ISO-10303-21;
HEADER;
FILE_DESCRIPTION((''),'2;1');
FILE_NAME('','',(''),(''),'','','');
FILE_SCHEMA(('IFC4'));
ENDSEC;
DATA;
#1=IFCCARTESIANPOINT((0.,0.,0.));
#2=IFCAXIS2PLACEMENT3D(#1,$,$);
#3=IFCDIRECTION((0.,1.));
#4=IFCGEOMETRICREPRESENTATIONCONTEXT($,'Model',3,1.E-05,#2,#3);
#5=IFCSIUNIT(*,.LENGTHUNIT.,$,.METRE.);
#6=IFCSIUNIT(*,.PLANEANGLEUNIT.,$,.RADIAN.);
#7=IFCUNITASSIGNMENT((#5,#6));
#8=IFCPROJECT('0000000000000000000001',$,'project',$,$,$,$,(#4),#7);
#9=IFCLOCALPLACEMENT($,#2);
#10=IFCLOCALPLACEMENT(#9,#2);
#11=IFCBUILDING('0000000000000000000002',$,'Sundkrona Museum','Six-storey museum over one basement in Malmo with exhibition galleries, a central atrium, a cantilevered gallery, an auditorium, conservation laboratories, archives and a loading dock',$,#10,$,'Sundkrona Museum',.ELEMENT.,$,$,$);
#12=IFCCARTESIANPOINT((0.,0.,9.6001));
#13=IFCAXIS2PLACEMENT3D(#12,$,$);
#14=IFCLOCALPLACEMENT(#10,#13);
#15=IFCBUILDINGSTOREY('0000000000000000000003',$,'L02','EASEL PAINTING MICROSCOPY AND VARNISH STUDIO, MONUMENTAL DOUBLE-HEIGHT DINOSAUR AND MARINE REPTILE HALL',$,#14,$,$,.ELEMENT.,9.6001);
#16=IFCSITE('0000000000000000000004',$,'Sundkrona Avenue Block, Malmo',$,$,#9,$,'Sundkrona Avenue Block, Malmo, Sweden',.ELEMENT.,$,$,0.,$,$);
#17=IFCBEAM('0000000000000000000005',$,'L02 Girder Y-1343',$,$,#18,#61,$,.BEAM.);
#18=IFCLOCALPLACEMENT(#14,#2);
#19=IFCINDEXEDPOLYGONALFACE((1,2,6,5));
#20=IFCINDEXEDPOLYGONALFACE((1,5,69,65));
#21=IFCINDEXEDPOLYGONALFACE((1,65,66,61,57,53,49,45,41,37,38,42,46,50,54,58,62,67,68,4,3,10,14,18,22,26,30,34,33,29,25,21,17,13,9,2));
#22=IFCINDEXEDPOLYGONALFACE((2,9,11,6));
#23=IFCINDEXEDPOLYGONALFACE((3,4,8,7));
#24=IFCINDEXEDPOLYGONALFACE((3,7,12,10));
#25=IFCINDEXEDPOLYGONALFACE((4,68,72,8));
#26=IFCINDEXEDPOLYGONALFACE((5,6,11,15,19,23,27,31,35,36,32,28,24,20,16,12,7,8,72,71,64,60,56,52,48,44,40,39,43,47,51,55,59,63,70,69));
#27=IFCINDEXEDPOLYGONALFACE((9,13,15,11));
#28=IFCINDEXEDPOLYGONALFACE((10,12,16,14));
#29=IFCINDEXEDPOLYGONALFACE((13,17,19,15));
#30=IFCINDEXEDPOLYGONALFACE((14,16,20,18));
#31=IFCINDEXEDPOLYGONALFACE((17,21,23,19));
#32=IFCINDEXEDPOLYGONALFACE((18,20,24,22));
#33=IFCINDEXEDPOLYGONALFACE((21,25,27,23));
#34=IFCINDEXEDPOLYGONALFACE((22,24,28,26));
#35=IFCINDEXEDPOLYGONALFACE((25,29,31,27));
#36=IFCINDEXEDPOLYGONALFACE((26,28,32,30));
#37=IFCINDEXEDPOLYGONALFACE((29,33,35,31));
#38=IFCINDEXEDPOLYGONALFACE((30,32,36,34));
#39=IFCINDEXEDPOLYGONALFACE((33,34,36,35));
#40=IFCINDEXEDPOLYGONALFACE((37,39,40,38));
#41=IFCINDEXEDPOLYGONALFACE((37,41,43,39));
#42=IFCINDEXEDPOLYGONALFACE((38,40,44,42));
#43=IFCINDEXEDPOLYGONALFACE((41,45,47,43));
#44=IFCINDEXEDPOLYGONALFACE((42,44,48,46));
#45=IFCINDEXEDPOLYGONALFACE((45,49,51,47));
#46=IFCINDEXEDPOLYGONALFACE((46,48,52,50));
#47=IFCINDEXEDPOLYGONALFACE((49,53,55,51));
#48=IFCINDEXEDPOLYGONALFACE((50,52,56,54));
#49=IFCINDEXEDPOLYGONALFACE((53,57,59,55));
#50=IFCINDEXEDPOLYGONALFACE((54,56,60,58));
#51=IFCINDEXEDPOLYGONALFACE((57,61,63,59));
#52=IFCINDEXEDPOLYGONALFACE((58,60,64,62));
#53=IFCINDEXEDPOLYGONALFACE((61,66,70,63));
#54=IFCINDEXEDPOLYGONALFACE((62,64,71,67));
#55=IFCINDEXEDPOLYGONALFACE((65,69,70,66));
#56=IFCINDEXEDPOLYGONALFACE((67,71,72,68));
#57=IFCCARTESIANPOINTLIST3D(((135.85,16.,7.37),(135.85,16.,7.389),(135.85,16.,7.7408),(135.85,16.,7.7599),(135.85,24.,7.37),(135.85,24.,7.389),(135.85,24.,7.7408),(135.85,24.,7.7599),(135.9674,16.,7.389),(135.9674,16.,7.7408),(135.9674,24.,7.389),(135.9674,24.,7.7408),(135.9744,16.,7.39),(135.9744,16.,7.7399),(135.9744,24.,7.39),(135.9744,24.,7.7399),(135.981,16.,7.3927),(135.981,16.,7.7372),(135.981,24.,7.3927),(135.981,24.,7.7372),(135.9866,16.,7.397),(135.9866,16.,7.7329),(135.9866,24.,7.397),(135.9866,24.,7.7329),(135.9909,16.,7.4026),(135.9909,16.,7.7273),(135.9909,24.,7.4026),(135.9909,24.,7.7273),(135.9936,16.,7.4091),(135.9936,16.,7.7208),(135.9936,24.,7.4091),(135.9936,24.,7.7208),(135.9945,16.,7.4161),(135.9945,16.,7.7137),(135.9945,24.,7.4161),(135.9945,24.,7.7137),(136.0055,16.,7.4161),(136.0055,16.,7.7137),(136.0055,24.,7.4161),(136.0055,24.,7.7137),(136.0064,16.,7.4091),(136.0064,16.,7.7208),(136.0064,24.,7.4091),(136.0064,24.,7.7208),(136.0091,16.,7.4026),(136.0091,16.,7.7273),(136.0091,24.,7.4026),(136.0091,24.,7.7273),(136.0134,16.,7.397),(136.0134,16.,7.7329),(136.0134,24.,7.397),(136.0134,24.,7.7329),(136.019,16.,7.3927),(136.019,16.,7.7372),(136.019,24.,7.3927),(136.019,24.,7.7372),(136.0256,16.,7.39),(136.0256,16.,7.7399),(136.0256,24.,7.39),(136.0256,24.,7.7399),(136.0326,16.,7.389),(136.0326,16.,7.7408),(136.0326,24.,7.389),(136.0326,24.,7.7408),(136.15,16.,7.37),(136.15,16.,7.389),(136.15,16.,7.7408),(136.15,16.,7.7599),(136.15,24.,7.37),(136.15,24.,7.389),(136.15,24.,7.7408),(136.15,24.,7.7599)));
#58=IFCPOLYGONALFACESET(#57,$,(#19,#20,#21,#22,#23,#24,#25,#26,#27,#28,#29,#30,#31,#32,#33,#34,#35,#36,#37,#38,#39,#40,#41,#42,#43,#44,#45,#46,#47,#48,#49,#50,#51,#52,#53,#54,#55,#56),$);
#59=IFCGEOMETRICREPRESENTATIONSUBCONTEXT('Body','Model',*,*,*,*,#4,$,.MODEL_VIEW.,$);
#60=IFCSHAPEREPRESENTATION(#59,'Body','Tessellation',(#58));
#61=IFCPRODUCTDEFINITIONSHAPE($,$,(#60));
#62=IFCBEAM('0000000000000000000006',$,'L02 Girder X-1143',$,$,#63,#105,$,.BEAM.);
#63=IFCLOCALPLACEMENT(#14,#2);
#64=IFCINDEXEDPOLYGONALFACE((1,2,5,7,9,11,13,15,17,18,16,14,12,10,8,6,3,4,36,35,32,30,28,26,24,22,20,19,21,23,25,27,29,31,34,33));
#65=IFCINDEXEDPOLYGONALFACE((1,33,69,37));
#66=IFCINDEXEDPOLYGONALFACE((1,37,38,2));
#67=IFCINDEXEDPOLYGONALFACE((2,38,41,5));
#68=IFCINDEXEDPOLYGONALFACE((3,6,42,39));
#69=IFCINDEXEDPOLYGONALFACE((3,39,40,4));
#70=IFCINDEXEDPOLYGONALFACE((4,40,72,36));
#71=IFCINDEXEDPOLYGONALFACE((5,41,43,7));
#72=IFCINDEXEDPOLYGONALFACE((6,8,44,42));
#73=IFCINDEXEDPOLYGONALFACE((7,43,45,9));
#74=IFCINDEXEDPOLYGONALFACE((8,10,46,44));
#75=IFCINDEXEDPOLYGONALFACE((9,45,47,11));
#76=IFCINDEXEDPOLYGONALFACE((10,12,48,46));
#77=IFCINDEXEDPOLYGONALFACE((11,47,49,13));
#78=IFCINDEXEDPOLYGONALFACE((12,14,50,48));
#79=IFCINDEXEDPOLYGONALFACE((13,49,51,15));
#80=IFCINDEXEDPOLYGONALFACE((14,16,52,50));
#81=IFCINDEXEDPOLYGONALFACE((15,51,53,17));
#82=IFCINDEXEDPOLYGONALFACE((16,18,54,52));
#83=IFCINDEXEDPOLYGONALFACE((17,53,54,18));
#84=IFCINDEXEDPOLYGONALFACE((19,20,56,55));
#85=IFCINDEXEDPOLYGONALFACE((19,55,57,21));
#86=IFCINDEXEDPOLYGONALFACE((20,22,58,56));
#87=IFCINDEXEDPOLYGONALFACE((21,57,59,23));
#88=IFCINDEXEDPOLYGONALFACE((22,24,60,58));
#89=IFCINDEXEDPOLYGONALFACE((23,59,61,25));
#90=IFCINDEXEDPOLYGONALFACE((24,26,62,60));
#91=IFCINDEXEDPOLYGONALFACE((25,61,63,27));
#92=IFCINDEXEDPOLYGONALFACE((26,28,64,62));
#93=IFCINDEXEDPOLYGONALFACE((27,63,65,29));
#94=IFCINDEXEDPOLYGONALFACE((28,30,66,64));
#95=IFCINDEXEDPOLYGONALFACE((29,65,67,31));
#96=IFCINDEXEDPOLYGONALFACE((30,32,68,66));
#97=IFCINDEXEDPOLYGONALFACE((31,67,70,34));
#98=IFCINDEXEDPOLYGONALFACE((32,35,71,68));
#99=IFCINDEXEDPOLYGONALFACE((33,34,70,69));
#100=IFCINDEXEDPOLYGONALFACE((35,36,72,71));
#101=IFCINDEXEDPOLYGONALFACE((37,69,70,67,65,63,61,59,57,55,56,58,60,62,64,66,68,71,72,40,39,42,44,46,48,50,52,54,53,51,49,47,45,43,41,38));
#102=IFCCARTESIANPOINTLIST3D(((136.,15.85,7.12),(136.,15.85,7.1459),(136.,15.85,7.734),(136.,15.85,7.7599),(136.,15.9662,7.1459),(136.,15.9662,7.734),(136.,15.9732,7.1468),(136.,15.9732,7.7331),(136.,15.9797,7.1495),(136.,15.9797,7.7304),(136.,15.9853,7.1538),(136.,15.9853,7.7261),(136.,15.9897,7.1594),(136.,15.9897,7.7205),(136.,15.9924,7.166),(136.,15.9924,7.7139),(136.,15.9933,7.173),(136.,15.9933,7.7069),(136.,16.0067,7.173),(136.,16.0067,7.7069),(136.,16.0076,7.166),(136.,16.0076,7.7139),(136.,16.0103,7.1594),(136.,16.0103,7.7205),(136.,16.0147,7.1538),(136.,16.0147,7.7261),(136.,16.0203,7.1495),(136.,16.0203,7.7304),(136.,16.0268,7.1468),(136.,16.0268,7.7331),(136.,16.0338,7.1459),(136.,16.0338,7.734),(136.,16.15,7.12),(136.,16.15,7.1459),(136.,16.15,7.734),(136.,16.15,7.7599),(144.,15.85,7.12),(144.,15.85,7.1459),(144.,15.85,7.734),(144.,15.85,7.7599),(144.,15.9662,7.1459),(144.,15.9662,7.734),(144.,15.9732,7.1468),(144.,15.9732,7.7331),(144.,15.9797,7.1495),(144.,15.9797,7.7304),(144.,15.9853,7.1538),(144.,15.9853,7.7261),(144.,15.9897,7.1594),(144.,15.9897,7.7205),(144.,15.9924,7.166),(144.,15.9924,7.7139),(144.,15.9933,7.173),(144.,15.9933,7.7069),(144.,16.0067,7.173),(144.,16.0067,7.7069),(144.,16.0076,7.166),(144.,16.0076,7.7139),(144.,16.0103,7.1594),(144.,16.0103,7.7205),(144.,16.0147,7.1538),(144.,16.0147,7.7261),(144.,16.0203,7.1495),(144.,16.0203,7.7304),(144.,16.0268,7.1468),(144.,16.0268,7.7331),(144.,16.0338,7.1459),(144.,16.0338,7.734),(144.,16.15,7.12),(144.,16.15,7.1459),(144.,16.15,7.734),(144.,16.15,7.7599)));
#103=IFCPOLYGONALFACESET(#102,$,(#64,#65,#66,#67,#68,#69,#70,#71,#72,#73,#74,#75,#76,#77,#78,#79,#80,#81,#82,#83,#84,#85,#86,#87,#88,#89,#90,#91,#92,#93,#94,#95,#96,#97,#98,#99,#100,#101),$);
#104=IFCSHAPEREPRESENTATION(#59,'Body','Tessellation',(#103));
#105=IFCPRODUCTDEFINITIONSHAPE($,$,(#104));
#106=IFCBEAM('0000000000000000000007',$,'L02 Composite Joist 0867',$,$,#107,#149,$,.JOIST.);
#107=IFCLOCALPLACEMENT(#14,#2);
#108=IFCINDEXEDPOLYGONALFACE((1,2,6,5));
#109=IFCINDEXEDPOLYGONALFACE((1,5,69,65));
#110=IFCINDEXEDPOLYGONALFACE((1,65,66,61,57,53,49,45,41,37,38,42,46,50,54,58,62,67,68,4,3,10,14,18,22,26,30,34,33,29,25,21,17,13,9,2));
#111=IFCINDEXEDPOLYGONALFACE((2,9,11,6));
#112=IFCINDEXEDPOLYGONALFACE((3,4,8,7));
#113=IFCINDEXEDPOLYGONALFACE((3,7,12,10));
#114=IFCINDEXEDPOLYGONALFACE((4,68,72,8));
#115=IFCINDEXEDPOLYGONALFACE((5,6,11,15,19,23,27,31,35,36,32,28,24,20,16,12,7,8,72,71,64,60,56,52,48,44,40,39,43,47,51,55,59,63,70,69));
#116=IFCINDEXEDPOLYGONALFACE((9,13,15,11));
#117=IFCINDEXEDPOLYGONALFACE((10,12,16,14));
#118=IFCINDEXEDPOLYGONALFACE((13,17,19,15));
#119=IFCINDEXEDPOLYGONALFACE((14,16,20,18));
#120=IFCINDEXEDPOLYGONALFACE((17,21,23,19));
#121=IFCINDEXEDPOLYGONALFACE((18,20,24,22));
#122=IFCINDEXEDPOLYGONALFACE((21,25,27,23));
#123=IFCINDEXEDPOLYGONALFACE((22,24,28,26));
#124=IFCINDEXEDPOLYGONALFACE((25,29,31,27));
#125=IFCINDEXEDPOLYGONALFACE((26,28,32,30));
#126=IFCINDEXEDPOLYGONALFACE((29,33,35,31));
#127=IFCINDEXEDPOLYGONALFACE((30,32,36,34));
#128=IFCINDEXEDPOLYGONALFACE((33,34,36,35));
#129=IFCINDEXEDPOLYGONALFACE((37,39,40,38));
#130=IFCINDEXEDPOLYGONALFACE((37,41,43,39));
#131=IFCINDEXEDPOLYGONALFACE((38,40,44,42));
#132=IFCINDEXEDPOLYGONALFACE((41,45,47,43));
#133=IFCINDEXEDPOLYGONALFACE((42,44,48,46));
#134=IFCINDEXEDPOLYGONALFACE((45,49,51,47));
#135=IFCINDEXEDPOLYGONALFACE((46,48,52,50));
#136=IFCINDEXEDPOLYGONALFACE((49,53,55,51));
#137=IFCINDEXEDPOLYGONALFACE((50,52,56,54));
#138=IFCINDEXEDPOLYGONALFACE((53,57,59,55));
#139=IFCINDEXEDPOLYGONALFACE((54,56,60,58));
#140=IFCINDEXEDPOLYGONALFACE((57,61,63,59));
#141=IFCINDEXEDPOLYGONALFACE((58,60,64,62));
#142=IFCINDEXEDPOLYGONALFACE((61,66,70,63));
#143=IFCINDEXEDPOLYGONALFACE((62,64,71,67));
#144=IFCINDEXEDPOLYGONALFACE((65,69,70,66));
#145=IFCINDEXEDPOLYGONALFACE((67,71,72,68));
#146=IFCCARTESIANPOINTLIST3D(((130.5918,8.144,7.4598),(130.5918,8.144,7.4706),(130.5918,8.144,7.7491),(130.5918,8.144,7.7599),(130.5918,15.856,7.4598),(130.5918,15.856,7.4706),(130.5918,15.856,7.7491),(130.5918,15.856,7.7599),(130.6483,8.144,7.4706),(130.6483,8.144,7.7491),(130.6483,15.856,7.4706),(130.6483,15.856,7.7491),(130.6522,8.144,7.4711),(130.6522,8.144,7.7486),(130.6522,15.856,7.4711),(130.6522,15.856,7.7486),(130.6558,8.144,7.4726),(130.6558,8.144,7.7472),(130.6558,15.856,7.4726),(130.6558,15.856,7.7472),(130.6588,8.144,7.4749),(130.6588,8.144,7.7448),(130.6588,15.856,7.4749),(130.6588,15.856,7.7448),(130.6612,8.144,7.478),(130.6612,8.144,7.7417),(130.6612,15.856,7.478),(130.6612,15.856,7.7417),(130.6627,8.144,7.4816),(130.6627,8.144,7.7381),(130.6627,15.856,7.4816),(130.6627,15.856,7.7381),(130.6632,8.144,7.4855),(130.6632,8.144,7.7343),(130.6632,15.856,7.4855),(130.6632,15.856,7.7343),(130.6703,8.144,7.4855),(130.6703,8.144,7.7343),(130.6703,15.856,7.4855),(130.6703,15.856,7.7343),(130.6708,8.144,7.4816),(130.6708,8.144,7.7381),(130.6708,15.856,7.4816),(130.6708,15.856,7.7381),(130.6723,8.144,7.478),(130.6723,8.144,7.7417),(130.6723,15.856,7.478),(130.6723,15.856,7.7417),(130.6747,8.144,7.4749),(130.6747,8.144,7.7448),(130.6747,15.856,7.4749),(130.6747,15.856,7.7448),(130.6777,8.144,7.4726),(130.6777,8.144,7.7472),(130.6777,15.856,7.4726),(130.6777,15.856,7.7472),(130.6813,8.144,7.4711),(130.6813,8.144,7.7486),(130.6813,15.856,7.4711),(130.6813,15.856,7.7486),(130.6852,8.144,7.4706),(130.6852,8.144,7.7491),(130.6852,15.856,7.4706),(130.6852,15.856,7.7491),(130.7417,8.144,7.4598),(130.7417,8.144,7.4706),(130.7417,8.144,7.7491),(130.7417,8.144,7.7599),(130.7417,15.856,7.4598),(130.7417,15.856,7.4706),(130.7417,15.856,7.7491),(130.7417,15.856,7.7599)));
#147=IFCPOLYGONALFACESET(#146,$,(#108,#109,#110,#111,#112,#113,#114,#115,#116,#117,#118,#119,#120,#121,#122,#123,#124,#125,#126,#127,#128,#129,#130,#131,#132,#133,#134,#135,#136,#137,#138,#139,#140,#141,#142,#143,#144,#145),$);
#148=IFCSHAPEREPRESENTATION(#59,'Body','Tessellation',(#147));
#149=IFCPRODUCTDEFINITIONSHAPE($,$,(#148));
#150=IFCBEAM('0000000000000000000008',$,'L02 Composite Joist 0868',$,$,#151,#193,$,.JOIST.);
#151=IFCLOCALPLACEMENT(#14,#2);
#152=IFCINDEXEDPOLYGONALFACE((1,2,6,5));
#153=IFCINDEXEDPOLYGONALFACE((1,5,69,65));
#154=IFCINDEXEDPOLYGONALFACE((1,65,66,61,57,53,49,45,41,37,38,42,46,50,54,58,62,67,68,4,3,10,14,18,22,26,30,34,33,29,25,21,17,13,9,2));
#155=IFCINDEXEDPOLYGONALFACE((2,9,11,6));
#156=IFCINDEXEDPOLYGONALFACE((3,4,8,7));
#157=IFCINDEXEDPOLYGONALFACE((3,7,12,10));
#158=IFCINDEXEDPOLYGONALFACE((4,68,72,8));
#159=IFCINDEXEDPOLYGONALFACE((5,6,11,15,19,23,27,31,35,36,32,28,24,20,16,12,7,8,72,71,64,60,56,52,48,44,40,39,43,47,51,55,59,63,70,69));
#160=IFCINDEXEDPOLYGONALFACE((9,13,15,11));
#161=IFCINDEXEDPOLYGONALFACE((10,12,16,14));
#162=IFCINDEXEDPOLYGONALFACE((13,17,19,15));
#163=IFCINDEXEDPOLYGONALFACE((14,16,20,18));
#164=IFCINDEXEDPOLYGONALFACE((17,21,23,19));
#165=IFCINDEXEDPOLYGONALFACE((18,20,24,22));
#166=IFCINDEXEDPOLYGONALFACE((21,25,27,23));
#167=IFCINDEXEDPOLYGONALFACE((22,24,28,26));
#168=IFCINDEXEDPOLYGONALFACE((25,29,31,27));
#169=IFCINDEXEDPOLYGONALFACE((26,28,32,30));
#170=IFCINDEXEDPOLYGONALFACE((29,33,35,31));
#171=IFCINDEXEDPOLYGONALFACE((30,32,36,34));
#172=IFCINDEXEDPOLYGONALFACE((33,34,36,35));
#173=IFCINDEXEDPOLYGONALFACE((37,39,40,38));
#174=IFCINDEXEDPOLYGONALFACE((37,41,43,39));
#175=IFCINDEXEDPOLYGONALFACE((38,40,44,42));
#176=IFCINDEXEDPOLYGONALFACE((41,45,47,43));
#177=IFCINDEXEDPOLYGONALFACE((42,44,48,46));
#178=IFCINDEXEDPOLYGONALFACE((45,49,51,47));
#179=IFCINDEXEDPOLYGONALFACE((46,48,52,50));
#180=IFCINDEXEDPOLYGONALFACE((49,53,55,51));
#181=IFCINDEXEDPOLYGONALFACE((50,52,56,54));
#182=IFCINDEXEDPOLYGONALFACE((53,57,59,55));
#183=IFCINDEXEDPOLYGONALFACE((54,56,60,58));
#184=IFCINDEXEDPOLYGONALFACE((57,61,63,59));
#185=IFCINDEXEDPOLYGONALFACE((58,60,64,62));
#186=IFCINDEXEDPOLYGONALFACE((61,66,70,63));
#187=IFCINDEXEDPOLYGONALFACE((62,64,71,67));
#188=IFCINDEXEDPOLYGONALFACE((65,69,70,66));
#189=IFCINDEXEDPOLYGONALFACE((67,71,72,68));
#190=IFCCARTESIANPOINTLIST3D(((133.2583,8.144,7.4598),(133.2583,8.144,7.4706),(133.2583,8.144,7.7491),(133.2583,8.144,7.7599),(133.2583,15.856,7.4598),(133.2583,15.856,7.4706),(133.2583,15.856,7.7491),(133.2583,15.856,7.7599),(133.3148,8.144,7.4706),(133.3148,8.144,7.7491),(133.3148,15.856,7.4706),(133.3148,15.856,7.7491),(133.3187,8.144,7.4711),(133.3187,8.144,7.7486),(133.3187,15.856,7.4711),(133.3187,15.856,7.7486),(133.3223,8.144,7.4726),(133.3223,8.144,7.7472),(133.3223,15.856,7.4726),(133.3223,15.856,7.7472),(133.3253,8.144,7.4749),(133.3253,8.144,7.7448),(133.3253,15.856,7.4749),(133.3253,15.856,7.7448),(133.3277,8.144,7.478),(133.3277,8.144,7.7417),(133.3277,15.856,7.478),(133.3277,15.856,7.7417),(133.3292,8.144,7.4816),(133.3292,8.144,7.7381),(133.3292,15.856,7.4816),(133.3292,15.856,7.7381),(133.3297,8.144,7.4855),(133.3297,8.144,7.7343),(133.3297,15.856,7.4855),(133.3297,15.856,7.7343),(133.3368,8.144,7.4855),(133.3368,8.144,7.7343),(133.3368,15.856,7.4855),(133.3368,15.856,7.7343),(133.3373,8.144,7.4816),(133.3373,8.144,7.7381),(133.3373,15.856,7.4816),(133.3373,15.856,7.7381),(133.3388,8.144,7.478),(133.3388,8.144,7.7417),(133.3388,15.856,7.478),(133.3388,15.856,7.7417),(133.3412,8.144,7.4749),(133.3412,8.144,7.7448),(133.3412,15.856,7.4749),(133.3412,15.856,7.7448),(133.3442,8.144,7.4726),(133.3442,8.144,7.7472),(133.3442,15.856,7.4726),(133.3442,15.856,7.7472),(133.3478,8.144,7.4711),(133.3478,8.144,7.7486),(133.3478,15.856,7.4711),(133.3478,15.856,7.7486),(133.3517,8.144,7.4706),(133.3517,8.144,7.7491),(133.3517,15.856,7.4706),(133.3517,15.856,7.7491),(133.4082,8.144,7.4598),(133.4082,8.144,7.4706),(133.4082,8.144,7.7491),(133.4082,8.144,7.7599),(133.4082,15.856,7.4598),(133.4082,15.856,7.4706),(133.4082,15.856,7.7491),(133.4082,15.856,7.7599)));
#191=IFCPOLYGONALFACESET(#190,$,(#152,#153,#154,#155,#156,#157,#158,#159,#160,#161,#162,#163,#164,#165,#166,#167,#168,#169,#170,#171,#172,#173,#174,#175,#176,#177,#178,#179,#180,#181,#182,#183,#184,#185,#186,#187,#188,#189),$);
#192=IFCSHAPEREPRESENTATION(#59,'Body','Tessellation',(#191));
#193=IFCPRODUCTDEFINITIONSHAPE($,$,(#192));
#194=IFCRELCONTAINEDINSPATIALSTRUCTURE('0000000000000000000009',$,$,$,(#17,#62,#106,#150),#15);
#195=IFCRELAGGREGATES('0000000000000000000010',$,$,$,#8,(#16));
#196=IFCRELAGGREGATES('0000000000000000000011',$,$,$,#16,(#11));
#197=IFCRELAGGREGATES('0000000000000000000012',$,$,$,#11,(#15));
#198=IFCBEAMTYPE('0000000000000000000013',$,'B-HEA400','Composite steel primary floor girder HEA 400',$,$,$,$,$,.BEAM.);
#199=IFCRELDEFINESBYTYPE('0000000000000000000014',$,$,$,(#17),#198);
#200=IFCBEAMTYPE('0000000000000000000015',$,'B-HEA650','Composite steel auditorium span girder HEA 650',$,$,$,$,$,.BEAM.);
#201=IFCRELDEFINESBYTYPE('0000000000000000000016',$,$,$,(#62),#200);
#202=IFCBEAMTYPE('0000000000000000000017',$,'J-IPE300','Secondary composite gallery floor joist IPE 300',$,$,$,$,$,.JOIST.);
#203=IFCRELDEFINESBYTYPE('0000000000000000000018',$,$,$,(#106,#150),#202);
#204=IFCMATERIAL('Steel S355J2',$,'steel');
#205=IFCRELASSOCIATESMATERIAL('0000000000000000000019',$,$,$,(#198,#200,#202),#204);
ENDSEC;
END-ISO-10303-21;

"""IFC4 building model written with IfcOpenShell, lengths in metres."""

from ifc_helpers import new_model, si_unit, direction, frame, origin, origin_2d, place, context, subcontext, project, spatial, i_section, extrude, material, material_profile, profile_set, type_object, element, save


model = new_model("IFC4")

# Units and contexts
model_context = context("Model", 3, precision=1e-05, world=origin(), true_north=direction((0.0, 1.0)))
body_context = subcontext(model_context, "Body", "Model", "MODEL_VIEW")
ifc_project = project(units=[si_unit("LENGTHUNIT", "METRE"), si_unit("PLANEANGLEUNIT", "RADIAN")], contexts=[model_context])

# Site, building, storey
site_placement = place(None, origin())
site = spatial("IfcSite", under=ifc_project, at=site_placement, Name="Sundkrona Avenue Block, Malmo", LongName="Sundkrona Avenue Block, Malmo, Sweden", CompositionType="ELEMENT", RefElevation=0.0)
building_placement = place(site_placement, origin())
building = spatial("IfcBuilding", under=site, at=building_placement, Name="Sundkrona Museum", Description="Six-storey museum over one basement in Malmo with exhibition galleries, a central atrium, a cantilevered gallery, an auditorium, conservation laboratories, archives and a loading dock", LongName="Sundkrona Museum", CompositionType="ELEMENT")
storey_placement = place(building_placement, frame((0.0, 0.0, 9.6001)))
storey = spatial("IfcBuildingStorey", under=building, at=storey_placement, Name="L02", Description="EASEL PAINTING MICROSCOPY AND VARNISH STUDIO, MONUMENTAL DOUBLE-HEIGHT DINOSAUR AND MARINE REPTILE HALL", CompositionType="ELEMENT", Elevation=9.6001)

# Shared definitions
ifc_material_1 = material(Name="Steel S355J2", Category="steel")

# Beams
ifc_material_profile_1 = material_profile(ifc_material_1, i_section(OverallWidth=0.3, OverallDepth=0.3899, WebThickness=0.011, FlangeThickness=0.019, FilletRadius=0.0271, at=origin_2d()), Name="HEA 400")
ifc_profile_set_1 = profile_set([ifc_material_profile_1], Name="Steel S355J2")
beam_type_1 = type_object("IfcBeamType", Name="B-HEA400", Description="Composite steel primary floor girder HEA 400", PredefinedType="BEAM", material=ifc_profile_set_1)
for number, where, z_axis, x_axis, name in (
    (1, (136.0, 16.0, 7.5649), (0.0, 1.0, 0.0), (-1.0, 0.0, 0.0), "L02 Girder Y-1343"),
):
    element("IfcBeam", number, at=place(storey_placement, frame(where, z_axis=z_axis, x_axis=x_axis)), inside=storey, type_object=beam_type_1, Name=name, PredefinedType="BEAM", context=body_context, shape_type="SweptSolid", body=[
        extrude(i_section(OverallWidth=0.3, OverallDepth=0.3899, WebThickness=0.011, FlangeThickness=0.019, FilletRadius=0.0271, at=origin_2d()), origin(), (0.0, 0.0, 1.0), 8.0),
    ])
ifc_material_profile_2 = material_profile(ifc_material_1, i_section(OverallWidth=0.3, OverallDepth=0.6399, WebThickness=0.0134, FlangeThickness=0.0259, FilletRadius=0.0271, at=origin_2d()), Name="HEA 650")
ifc_profile_set_2 = profile_set([ifc_material_profile_2], Name="Steel S355J2")
beam_type_2 = type_object("IfcBeamType", Name="B-HEA650", Description="Composite steel auditorium span girder HEA 650", PredefinedType="BEAM", material=ifc_profile_set_2)
beam_1_placement = place(storey_placement, frame((136.0, 16.0, 7.4399), z_axis=(1.0, 0.0, 0.0), x_axis=(0.0, 1.0, 0.0)))
element("IfcBeam", 2, at=beam_1_placement, inside=storey, type_object=beam_type_2, Name="L02 Girder X-1143", PredefinedType="BEAM", context=body_context, shape_type="SweptSolid", body=[
    extrude(i_section(OverallWidth=0.3, OverallDepth=0.6399, WebThickness=0.0134, FlangeThickness=0.0259, FilletRadius=0.0271, at=origin_2d()), origin(), (0.0, 0.0, 1.0), 8.0),
])
ifc_material_profile_3 = material_profile(ifc_material_1, i_section(OverallWidth=0.1499, OverallDepth=0.3, WebThickness=0.0071, FlangeThickness=0.0107, FilletRadius=0.0149, at=origin_2d()), Name="IPE 300")
ifc_profile_set_3 = profile_set([ifc_material_profile_3], Name="Steel S355J2")
beam_type_3 = type_object("IfcBeamType", Name="J-IPE300", Description="Secondary composite gallery floor joist IPE 300", PredefinedType="JOIST", material=ifc_profile_set_3)
for number, where, z_axis, x_axis, name in (
    (3, (130.6667, 8.144, 7.6099), (0.0, 1.0, 0.0), (-1.0, 0.0, 0.0), "L02 Composite Joist 0867"),
    (4, (133.3333, 8.144, 7.6099), (0.0, 1.0, 0.0), (-1.0, 0.0, 0.0), "L02 Composite Joist 0868"),
):
    element("IfcBeam", number, at=place(storey_placement, frame(where, z_axis=z_axis, x_axis=x_axis)), inside=storey, type_object=beam_type_3, Name=name, PredefinedType="JOIST", context=body_context, shape_type="SweptSolid", body=[
        extrude(i_section(OverallWidth=0.1499, OverallDepth=0.3, WebThickness=0.0071, FlangeThickness=0.0107, FilletRadius=0.0149, at=origin_2d()), origin(), (0.0, 0.0, 1.0), 7.7119),
    ])

save(model, "model.ifc")
